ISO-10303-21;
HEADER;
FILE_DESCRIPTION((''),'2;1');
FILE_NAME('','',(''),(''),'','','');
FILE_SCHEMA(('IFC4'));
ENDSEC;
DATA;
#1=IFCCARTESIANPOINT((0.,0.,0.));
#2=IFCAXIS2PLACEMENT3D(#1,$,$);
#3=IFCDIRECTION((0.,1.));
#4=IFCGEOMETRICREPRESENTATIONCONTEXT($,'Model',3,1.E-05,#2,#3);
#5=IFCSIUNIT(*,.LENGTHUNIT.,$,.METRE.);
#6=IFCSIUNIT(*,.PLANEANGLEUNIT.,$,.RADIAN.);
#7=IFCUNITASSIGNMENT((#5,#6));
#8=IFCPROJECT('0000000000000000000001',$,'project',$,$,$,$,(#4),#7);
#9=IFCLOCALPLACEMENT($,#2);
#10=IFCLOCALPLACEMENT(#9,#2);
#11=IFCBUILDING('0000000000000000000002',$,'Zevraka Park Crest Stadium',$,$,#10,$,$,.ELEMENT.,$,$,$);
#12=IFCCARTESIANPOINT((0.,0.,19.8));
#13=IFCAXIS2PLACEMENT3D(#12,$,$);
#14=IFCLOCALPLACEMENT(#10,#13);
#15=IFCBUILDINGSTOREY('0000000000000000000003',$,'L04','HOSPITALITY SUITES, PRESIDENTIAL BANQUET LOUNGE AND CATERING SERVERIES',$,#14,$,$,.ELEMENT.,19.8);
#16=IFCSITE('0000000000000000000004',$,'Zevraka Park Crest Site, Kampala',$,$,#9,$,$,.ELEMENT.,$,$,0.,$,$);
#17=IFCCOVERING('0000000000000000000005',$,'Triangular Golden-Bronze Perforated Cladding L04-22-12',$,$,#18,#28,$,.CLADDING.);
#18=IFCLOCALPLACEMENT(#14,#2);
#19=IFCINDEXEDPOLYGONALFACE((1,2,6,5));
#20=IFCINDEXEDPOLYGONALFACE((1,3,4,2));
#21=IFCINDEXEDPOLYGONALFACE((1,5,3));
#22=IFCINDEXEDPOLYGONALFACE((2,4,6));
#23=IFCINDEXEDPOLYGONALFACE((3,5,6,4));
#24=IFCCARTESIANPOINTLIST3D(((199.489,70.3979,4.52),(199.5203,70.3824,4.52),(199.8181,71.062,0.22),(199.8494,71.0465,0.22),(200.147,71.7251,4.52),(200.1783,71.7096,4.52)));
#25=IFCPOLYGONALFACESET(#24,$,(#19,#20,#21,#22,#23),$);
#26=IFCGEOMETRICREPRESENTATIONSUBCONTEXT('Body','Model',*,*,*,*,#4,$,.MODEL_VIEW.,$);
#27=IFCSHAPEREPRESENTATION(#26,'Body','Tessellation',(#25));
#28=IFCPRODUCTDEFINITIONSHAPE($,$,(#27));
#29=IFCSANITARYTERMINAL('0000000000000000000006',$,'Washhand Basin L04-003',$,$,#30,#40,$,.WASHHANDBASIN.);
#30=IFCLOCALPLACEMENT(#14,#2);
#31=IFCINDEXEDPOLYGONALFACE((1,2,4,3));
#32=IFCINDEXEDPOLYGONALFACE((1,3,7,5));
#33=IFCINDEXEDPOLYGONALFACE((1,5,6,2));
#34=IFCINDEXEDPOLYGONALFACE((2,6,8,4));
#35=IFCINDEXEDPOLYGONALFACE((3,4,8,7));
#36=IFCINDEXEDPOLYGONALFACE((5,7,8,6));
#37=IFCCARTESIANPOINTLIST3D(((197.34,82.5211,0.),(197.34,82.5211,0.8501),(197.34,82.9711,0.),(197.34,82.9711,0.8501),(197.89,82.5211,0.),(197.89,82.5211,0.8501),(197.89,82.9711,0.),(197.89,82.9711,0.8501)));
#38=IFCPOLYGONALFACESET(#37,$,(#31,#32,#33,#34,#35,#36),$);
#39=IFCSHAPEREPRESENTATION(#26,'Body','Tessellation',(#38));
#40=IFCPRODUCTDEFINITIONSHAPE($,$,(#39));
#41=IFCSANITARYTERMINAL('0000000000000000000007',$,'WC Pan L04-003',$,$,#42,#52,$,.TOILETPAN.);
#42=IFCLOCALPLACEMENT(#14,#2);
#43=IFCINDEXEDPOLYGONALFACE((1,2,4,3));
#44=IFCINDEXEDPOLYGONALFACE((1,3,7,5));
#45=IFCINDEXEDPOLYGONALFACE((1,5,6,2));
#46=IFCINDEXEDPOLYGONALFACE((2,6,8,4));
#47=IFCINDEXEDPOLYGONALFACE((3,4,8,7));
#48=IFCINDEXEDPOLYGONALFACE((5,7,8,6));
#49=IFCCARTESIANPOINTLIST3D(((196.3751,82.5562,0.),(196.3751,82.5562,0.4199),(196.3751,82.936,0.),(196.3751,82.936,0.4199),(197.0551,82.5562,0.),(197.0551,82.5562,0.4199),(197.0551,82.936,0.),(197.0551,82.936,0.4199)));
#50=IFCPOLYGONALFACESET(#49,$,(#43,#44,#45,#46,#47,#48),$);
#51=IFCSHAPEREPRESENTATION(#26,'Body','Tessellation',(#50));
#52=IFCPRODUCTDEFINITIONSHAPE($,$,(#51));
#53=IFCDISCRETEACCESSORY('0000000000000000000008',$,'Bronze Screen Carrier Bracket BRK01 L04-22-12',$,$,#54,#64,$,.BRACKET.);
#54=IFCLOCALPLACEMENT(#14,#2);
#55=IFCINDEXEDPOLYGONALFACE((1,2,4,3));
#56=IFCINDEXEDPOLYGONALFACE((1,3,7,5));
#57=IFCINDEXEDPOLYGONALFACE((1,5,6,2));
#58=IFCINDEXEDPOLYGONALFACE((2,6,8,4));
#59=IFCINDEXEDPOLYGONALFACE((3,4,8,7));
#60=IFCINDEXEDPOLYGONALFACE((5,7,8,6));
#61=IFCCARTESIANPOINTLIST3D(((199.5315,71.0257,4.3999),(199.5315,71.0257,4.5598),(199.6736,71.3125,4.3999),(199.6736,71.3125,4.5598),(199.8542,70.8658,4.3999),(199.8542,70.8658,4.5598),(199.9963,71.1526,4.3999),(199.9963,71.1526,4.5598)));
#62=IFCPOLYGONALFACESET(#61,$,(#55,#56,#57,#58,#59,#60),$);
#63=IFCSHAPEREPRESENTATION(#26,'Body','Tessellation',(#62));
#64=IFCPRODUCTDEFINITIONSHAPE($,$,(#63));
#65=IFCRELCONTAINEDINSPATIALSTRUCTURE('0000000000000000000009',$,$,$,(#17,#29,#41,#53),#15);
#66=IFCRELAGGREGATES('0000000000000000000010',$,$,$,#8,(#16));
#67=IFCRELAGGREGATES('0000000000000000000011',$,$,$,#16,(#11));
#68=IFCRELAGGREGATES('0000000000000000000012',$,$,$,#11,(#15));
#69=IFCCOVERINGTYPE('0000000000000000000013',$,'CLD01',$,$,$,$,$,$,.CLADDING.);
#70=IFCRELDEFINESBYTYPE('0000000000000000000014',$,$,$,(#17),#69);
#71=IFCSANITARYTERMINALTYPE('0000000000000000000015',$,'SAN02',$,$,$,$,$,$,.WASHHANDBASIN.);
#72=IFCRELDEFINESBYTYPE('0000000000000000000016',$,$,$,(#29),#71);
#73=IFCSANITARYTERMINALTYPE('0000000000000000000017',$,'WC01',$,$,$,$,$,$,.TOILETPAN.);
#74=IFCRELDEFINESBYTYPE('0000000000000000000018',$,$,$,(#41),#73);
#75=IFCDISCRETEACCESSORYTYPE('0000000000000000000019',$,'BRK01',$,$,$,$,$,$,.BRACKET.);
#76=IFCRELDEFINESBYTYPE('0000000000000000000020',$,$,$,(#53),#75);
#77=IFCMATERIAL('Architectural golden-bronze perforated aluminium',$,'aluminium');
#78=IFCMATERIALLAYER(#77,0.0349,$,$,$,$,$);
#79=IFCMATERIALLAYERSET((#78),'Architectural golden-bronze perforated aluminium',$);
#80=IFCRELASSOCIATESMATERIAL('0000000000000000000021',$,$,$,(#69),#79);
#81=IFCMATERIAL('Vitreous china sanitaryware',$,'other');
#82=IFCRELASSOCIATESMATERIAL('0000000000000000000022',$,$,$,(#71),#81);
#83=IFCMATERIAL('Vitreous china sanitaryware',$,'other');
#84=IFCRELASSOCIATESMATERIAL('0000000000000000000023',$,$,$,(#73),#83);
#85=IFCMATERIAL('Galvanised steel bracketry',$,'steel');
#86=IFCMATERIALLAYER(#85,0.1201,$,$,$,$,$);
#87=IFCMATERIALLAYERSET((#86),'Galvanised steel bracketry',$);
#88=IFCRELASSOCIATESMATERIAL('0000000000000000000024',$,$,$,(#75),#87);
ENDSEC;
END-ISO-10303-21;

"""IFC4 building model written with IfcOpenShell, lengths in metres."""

from ifc_helpers import new_model, si_unit, direction, frame, origin, origin_2d, place, context, subcontext, project, spatial, polyline, rectangle, outline, extrude, material, layer, layer_set, type_object, element, save


model = new_model("IFC4")

# Units and contexts
model_context = context("Model", 3, precision=1e-05, world=origin(), true_north=direction((0.0, 1.0)))
body_context = subcontext(model_context, "Body", "Model", "MODEL_VIEW")
ifc_project = project(units=[si_unit("LENGTHUNIT", "METRE"), si_unit("PLANEANGLEUNIT", "RADIAN")], contexts=[model_context])

# Site, building, storey
site_placement = place(None, origin())
site = spatial("IfcSite", under=ifc_project, at=site_placement, Name="Zevraka Park Crest Site, Kampala", CompositionType="ELEMENT", RefElevation=0.0)
building_placement = place(site_placement, origin())
building = spatial("IfcBuilding", under=site, at=building_placement, Name="Zevraka Park Crest Stadium", CompositionType="ELEMENT")
storey_placement = place(building_placement, frame((0.0, 0.0, 19.8)))
storey = spatial("IfcBuildingStorey", under=building, at=storey_placement, Name="L04", Description="HOSPITALITY SUITES, PRESIDENTIAL BANQUET LOUNGE AND CATERING SERVERIES", CompositionType="ELEMENT", Elevation=19.8)

# Covering
ifc_material_1 = material(Name="Architectural golden-bronze perforated aluminium", Category="aluminium")
ifc_layer_1 = layer(ifc_material_1, 0.0349)
ifc_layer_set_1 = layer_set([ifc_layer_1], Name="Architectural golden-bronze perforated aluminium")
covering_type = type_object("IfcCoveringType", Name="CLD01", PredefinedType="CLADDING", material=ifc_layer_set_1)
covering_placement = place(storey_placement, frame((200.147, 71.7251, 4.52), z_axis=(-0.895938, 0.444178, 0.000025), x_axis=(-0.444178, -0.895938, 0.0)))
element("IfcCovering", 1, at=covering_placement, inside=storey, type_object=covering_type, Name="Triangular Golden-Bronze Perforated Cladding L04-22-12", PredefinedType="CLADDING", context=body_context, shape_type="SweptSolid", body=[
    extrude(outline(polyline([(0.0, 0.0), (1.4813, 0.0), (0.7402, -4.3), (0.0, 0.0)])), origin(), (0.0, 0.0, -1.0), 0.0349),
])

# Sanitary terminals
ifc_material_2 = material(Name="Vitreous china sanitaryware", Category="other")
sanitary_terminal_type_1 = type_object("IfcSanitaryTerminalType", Name="SAN02", PredefinedType="WASHHANDBASIN", material=ifc_material_2)
sanitary_terminal_1_placement = place(storey_placement, frame((197.615, 82.7461, 0.0), z_axis=(0.0, 0.0, 1.0), x_axis=(1.0, 0.0, 0.0)))
element("IfcSanitaryTerminal", 2, at=sanitary_terminal_1_placement, inside=storey, type_object=sanitary_terminal_type_1, Name="Washhand Basin L04-003", PredefinedType="WASHHANDBASIN", context=body_context, shape_type="SweptSolid", body=[
    extrude(rectangle(XDim=0.55, YDim=0.45, at=origin_2d()), origin(), (0.0, 0.0, 1.0), 0.8501),
])
ifc_material_3 = material(Name="Vitreous china sanitaryware", Category="other")
sanitary_terminal_type_2 = type_object("IfcSanitaryTerminalType", Name="WC01", PredefinedType="TOILETPAN", material=ifc_material_3)
sanitary_terminal_2_placement = place(storey_placement, frame((196.7151, 82.7461, 0.0), z_axis=(0.0, 0.0, 1.0), x_axis=(1.0, 0.0, 0.0)))
element("IfcSanitaryTerminal", 3, at=sanitary_terminal_2_placement, inside=storey, type_object=sanitary_terminal_type_2, Name="WC Pan L04-003", PredefinedType="TOILETPAN", context=body_context, shape_type="SweptSolid", body=[
    extrude(rectangle(XDim=0.6799, YDim=0.3799, at=origin_2d()), origin(), (0.0, 0.0, 1.0), 0.4199),
])

# Discrete accessory
ifc_material_4 = material(Name="Galvanised steel bracketry", Category="steel")
ifc_layer_2 = layer(ifc_material_4, 0.1201)
ifc_layer_set_2 = layer_set([ifc_layer_2], Name="Galvanised steel bracketry")
discrete_accessory_type = type_object("IfcDiscreteAccessoryType", Name="BRK01", PredefinedType="BRACKET", material=ifc_layer_set_2)
discrete_accessory_placement = place(storey_placement, frame((199.7639, 71.0891, 4.3999), z_axis=(0.0, 0.0, 1.0), x_axis=(0.44401, 0.896022, 0.0)))
element("IfcDiscreteAccessory", 4, at=discrete_accessory_placement, inside=storey, type_object=discrete_accessory_type, Name="Bronze Screen Carrier Bracket BRK01 L04-22-12", PredefinedType="BRACKET", context=body_context, shape_type="SweptSolid", body=[
    extrude(rectangle(XDim=0.3201, YDim=0.3601, at=origin_2d()), origin(), (0.0, 0.0, 1.0), 0.1599),
])

save(model, "model.ifc")
